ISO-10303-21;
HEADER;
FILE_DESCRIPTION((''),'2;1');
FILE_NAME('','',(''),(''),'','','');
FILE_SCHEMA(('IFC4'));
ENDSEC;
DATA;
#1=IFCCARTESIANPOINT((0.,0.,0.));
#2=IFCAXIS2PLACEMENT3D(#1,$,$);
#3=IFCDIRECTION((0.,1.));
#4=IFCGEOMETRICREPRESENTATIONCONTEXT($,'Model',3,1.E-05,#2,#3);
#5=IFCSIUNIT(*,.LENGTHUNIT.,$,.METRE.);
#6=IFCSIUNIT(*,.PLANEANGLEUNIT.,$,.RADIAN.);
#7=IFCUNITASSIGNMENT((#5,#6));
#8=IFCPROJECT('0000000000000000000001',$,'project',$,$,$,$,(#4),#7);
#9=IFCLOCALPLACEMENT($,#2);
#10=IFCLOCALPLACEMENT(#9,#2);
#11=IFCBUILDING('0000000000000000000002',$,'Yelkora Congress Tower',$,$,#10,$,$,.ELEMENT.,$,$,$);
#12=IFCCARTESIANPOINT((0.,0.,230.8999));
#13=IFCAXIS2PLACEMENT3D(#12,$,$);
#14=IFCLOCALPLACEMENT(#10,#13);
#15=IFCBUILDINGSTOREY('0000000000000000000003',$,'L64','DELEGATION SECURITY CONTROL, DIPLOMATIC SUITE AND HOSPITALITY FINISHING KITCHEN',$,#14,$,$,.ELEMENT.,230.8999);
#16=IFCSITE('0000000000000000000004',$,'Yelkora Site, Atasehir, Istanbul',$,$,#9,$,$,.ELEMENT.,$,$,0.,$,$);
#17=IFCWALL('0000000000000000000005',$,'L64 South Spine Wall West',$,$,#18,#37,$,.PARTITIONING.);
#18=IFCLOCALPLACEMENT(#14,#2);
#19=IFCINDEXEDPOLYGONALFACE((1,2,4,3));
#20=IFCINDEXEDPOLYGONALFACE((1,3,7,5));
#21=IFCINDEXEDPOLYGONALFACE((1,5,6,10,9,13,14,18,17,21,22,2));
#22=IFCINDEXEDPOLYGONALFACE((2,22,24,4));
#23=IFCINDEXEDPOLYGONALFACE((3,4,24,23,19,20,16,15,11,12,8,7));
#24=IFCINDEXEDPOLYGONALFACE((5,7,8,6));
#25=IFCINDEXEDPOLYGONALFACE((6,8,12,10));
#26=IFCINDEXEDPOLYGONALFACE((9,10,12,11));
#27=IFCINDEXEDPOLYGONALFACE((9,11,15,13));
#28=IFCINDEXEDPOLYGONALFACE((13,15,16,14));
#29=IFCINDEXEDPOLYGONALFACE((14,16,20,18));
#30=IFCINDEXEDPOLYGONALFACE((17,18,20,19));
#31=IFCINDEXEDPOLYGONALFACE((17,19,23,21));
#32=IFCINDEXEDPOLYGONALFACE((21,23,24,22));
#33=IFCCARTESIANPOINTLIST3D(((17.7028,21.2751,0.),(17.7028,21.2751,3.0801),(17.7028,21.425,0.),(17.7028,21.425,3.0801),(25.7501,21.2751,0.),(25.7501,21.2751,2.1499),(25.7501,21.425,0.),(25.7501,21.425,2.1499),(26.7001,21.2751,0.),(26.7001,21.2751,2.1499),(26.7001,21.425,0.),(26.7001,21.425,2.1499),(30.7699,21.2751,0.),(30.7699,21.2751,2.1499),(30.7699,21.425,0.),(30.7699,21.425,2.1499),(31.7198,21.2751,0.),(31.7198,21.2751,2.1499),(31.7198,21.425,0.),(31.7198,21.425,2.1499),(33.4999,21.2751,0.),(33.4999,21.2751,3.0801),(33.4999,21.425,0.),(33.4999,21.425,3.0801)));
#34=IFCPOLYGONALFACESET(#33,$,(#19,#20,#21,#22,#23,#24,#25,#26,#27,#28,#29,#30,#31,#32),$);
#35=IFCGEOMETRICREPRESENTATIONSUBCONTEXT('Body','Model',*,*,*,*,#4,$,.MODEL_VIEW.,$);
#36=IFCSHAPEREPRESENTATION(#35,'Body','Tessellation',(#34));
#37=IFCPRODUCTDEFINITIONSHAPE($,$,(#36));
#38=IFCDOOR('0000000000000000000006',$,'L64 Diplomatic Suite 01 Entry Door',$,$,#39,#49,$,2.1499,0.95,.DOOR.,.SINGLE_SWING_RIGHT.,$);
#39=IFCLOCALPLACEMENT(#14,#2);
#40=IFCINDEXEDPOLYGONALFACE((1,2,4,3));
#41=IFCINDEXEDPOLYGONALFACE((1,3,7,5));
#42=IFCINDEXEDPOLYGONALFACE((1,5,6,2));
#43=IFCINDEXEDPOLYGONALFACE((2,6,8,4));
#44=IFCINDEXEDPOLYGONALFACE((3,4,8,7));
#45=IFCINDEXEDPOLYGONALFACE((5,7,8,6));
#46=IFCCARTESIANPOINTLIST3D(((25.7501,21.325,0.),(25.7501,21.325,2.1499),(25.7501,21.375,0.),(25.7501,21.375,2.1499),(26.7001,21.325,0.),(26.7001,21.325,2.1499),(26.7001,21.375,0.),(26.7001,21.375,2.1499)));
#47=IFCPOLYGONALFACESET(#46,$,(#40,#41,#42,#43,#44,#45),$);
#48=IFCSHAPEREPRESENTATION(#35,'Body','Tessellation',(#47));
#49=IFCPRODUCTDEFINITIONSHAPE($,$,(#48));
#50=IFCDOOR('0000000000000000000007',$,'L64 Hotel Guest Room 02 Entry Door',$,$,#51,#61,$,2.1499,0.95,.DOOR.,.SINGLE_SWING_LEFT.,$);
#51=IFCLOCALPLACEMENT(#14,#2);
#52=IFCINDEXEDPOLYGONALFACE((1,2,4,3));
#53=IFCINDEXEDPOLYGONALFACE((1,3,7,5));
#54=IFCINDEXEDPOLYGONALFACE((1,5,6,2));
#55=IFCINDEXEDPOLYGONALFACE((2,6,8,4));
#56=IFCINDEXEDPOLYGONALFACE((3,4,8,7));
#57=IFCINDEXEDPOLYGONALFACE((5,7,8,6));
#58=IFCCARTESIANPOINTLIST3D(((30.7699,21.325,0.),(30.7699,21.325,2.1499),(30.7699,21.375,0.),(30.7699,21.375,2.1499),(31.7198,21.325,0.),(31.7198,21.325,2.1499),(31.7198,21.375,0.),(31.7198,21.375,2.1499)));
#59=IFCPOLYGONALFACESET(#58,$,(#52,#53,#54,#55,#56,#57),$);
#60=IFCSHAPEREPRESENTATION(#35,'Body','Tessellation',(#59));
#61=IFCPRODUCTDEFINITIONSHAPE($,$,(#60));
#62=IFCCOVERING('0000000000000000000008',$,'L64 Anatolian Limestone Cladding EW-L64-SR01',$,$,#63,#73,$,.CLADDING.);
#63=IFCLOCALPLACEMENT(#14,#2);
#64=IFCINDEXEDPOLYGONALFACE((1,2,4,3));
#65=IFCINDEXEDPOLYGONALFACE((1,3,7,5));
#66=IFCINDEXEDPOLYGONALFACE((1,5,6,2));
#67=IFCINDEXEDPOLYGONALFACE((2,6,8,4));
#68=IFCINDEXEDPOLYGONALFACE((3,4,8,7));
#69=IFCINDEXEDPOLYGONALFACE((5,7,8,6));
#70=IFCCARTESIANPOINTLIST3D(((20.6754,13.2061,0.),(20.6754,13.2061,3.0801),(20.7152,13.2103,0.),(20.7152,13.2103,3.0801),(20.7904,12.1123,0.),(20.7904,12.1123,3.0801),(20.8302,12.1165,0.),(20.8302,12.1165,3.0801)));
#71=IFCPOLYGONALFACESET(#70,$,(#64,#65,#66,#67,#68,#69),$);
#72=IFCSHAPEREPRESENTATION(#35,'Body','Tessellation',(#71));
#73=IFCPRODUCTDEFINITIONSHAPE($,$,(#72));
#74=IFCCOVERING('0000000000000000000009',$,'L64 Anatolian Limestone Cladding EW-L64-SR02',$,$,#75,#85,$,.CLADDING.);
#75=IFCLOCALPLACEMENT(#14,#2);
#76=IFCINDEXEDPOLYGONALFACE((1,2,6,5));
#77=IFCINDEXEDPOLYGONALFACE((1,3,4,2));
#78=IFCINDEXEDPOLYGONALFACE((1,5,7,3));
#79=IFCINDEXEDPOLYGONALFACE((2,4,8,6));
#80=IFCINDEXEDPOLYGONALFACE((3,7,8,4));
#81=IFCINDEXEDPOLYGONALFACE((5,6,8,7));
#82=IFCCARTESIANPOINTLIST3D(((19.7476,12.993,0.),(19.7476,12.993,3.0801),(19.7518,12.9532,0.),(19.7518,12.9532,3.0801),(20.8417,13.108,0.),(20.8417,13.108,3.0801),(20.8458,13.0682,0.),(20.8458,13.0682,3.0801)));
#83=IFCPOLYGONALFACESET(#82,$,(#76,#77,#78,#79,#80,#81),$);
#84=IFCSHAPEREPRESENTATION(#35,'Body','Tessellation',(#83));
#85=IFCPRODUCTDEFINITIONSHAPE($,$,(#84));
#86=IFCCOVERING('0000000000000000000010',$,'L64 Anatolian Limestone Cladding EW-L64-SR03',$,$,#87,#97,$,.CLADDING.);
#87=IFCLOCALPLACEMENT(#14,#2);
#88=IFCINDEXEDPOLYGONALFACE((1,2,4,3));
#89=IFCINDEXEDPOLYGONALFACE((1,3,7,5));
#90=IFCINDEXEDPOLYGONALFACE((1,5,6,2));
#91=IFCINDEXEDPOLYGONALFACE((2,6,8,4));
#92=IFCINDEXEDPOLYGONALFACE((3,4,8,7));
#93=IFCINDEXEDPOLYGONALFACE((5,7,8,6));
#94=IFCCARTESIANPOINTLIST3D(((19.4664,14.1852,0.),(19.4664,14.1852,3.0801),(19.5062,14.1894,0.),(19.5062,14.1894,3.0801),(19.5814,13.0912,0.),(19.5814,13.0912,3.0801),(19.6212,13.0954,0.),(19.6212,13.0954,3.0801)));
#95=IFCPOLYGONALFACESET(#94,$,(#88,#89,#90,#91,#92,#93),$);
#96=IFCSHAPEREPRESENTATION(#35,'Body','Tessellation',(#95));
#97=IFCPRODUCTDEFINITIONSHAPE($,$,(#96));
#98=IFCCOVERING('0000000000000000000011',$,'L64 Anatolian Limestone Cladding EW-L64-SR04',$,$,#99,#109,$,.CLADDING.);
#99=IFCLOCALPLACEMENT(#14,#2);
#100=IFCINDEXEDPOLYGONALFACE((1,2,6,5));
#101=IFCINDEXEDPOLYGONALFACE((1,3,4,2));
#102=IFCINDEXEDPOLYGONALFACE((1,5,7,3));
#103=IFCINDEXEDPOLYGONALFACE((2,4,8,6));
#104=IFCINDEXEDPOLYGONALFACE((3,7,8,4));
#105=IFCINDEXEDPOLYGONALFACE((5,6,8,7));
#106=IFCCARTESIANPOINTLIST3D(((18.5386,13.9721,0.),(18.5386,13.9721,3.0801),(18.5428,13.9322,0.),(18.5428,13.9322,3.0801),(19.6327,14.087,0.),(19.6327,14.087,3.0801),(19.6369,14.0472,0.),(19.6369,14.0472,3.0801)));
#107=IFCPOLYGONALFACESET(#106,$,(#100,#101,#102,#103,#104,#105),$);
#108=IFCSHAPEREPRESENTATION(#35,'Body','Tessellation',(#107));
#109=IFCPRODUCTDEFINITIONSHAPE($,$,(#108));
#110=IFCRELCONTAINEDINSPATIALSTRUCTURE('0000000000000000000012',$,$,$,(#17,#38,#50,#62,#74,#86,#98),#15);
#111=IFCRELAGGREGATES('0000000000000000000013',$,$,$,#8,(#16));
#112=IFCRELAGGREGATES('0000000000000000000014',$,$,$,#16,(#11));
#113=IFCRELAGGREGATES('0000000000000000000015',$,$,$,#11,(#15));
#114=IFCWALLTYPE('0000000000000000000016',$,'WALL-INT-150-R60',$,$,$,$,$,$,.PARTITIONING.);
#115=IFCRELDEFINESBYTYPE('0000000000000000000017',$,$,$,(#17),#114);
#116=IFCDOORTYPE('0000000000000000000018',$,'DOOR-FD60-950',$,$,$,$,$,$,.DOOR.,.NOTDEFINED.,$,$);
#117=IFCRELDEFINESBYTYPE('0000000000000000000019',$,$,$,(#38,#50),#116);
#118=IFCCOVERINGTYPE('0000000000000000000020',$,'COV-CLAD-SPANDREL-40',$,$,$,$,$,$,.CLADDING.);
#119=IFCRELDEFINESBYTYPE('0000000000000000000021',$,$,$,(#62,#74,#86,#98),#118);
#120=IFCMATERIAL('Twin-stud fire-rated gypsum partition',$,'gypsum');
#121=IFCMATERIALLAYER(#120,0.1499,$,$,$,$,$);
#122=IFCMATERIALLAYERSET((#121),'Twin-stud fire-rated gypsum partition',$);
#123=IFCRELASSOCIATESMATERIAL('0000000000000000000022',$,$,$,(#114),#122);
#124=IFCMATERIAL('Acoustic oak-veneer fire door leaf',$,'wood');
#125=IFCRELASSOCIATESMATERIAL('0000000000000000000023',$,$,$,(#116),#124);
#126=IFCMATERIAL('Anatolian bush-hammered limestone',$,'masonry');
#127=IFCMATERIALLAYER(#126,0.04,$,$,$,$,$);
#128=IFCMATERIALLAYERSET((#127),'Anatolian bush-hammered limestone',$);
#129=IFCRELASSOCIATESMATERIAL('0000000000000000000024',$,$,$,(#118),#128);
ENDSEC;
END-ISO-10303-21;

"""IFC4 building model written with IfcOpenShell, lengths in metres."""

from ifc_helpers import new_model, si_unit, direction, frame, frame_2d, origin, place, context, subcontext, project, spatial, rectangle, extrude, material, layer, layer_set, type_object, element, fill, save


model = new_model("IFC4")

# Units and contexts
model_context = context("Model", 3, precision=1e-05, world=origin(), true_north=direction((0.0, 1.0)))
body_context = subcontext(model_context, "Body", "Model", "MODEL_VIEW")
ifc_project = project(units=[si_unit("LENGTHUNIT", "METRE"), si_unit("PLANEANGLEUNIT", "RADIAN")], contexts=[model_context])

# Site, building, storey
site_placement = place(None, origin())
site = spatial("IfcSite", under=ifc_project, at=site_placement, Name="Yelkora Site, Atasehir, Istanbul", CompositionType="ELEMENT", RefElevation=0.0)
building_placement = place(site_placement, origin())
building = spatial("IfcBuilding", under=site, at=building_placement, Name="Yelkora Congress Tower", CompositionType="ELEMENT")
storey_placement = place(building_placement, frame((0.0, 0.0, 230.8999)))
storey = spatial("IfcBuildingStorey", under=building, at=storey_placement, Name="L64", Description="DELEGATION SECURITY CONTROL, DIPLOMATIC SUITE AND HOSPITALITY FINISHING KITCHEN", CompositionType="ELEMENT", Elevation=230.8999)

# Wall, openings, doors
ifc_material_1 = material(Name="Twin-stud fire-rated gypsum partition", Category="gypsum")
ifc_layer_1 = layer(ifc_material_1, 0.1499)
ifc_layer_set_1 = layer_set([ifc_layer_1], Name="Twin-stud fire-rated gypsum partition")
wall_type_1 = type_object("IfcWallType", Name="WALL-INT-150-R60", PredefinedType="PARTITIONING", material=ifc_layer_set_1)
wall_1_placement = place(storey_placement, frame((17.7029, 21.3501, 0.0), z_axis=(0.0, 0.0, 1.0), x_axis=(1.0, 0.0, 0.0)))
wall_1 = element("IfcWall", 1, at=wall_1_placement, inside=storey, type_object=wall_type_1, Name="L64 South Spine Wall West", PredefinedType="PARTITIONING", context=body_context, shape_type="SweptSolid", body=[
    extrude(rectangle(XDim=15.7971, YDim=0.1499, at=frame_2d((7.8984, 0.0))), origin(), (0.0, 0.0, 1.0), 3.0801),
])
opening_1_placement = place(wall_1_placement, frame((8.0471, 0.0, 0.0)))
opening_1 = element("IfcOpeningElement", 2, at=opening_1_placement, cuts=wall_1, PredefinedType="OPENING", context=body_context, shape_type="SweptSolid", body=[
    extrude(rectangle(XDim=0.95, YDim=2.1499, at=frame_2d((0.4751, 1.075))), frame((0.0, 0.085, 0.0), z_axis=(0.0, -1.0, 0.0), x_axis=(1.0, 0.0, 0.0)), (0.0, 0.0, 1.0), 0.1699),
])
opening_2_placement = place(wall_1_placement, frame((13.0669, 0.0, 0.0)))
opening_2 = element("IfcOpeningElement", 3, at=opening_2_placement, cuts=wall_1, PredefinedType="OPENING", context=body_context, shape_type="SweptSolid", body=[
    extrude(rectangle(XDim=0.95, YDim=2.1499, at=frame_2d((0.4751, 1.075))), frame((0.0, 0.085, 0.0), z_axis=(0.0, -1.0, 0.0), x_axis=(1.0, 0.0, 0.0)), (0.0, 0.0, 1.0), 0.1699),
])
ifc_material_2 = material(Name="Acoustic oak-veneer fire door leaf", Category="wood")
door_type_1 = type_object("IfcDoorType", Name="DOOR-FD60-950", OperationType="NOTDEFINED", PredefinedType="DOOR", material=ifc_material_2)
door_1_placement = place(opening_1_placement, origin())
door_1 = element("IfcDoor", 4, at=door_1_placement, inside=storey, type_object=door_type_1, Name="L64 Diplomatic Suite 01 Entry Door", OperationType="SINGLE_SWING_RIGHT", OverallHeight=2.1499, OverallWidth=0.95, PredefinedType="DOOR", context=body_context, shape_type="SweptSolid", body=[
    extrude(rectangle(XDim=0.95, YDim=2.1499, at=frame_2d((0.4751, 1.075))), frame((0.0, 0.0249, 0.0), z_axis=(0.0, -1.0, 0.0), x_axis=(1.0, 0.0, 0.0)), (0.0, 0.0, 1.0), 0.05),
])
fill(opening_1, door_1)
door_2_placement = place(opening_2_placement, origin())
door_2 = element("IfcDoor", 5, at=door_2_placement, inside=storey, type_object=door_type_1, Name="L64 Hotel Guest Room 02 Entry Door", OperationType="SINGLE_SWING_LEFT", OverallHeight=2.1499, OverallWidth=0.95, PredefinedType="DOOR", context=body_context, shape_type="SweptSolid", body=[
    extrude(rectangle(XDim=0.95, YDim=2.1499, at=frame_2d((0.4751, 1.075))), frame((0.0, 0.0249, 0.0), z_axis=(0.0, -1.0, 0.0), x_axis=(1.0, 0.0, 0.0)), (0.0, 0.0, 1.0), 0.05),
])
fill(opening_2, door_2)

# Coverings
ifc_material_3 = material(Name="Anatolian bush-hammered limestone", Category="masonry")
ifc_layer_2 = layer(ifc_material_3, 0.04)
ifc_layer_set_2 = layer_set([ifc_layer_2], Name="Anatolian bush-hammered limestone")
covering_type = type_object("IfcCoveringType", Name="COV-CLAD-SPANDREL-40", PredefinedType="CLADDING", material=ifc_layer_set_2)
covering_placement = place(storey_placement, frame((20.8103, 12.1145, 0.0), z_axis=(0.0, 0.0, 1.0), x_axis=(-0.104558, 0.994519, 0.0)))
element("IfcCovering", 6, at=covering_placement, inside=storey, type_object=covering_type, Name="L64 Anatolian Limestone Cladding EW-L64-SR01", PredefinedType="CLADDING", context=body_context, shape_type="SweptSolid", body=[
    extrude(rectangle(XDim=1.0999, YDim=0.04, at=frame_2d((0.5498, 0.0))), origin(), (0.0, 0.0, 1.0), 3.0801),
])
for number, where, z_axis, x_axis, name in (
    (7, (20.8438, 13.0881, 0.0), (0.0, 0.0, 1.0), (-0.994521, -0.104535, 0.0), "L64 Anatolian Limestone Cladding EW-L64-SR02"),
    (8, (19.6013, 13.0933, 0.0), (0.0, 0.0, 1.0), (-0.104535, 0.994521, 0.0), "L64 Anatolian Limestone Cladding EW-L64-SR03"),
    (9, (19.6348, 14.0671, 0.0), (0.0, 0.0, 1.0), (-0.994521, -0.104535, 0.0), "L64 Anatolian Limestone Cladding EW-L64-SR04"),
):
    element("IfcCovering", number, at=place(storey_placement, frame(where, z_axis=z_axis, x_axis=x_axis)), inside=storey, type_object=covering_type, Name=name, PredefinedType="CLADDING", context=body_context, shape_type="SweptSolid", body=[
        extrude(rectangle(XDim=1.1001, YDim=0.04, at=frame_2d((0.55, 0.0))), origin(), (0.0, 0.0, 1.0), 3.0801),
    ])

save(model, "model.ifc")
